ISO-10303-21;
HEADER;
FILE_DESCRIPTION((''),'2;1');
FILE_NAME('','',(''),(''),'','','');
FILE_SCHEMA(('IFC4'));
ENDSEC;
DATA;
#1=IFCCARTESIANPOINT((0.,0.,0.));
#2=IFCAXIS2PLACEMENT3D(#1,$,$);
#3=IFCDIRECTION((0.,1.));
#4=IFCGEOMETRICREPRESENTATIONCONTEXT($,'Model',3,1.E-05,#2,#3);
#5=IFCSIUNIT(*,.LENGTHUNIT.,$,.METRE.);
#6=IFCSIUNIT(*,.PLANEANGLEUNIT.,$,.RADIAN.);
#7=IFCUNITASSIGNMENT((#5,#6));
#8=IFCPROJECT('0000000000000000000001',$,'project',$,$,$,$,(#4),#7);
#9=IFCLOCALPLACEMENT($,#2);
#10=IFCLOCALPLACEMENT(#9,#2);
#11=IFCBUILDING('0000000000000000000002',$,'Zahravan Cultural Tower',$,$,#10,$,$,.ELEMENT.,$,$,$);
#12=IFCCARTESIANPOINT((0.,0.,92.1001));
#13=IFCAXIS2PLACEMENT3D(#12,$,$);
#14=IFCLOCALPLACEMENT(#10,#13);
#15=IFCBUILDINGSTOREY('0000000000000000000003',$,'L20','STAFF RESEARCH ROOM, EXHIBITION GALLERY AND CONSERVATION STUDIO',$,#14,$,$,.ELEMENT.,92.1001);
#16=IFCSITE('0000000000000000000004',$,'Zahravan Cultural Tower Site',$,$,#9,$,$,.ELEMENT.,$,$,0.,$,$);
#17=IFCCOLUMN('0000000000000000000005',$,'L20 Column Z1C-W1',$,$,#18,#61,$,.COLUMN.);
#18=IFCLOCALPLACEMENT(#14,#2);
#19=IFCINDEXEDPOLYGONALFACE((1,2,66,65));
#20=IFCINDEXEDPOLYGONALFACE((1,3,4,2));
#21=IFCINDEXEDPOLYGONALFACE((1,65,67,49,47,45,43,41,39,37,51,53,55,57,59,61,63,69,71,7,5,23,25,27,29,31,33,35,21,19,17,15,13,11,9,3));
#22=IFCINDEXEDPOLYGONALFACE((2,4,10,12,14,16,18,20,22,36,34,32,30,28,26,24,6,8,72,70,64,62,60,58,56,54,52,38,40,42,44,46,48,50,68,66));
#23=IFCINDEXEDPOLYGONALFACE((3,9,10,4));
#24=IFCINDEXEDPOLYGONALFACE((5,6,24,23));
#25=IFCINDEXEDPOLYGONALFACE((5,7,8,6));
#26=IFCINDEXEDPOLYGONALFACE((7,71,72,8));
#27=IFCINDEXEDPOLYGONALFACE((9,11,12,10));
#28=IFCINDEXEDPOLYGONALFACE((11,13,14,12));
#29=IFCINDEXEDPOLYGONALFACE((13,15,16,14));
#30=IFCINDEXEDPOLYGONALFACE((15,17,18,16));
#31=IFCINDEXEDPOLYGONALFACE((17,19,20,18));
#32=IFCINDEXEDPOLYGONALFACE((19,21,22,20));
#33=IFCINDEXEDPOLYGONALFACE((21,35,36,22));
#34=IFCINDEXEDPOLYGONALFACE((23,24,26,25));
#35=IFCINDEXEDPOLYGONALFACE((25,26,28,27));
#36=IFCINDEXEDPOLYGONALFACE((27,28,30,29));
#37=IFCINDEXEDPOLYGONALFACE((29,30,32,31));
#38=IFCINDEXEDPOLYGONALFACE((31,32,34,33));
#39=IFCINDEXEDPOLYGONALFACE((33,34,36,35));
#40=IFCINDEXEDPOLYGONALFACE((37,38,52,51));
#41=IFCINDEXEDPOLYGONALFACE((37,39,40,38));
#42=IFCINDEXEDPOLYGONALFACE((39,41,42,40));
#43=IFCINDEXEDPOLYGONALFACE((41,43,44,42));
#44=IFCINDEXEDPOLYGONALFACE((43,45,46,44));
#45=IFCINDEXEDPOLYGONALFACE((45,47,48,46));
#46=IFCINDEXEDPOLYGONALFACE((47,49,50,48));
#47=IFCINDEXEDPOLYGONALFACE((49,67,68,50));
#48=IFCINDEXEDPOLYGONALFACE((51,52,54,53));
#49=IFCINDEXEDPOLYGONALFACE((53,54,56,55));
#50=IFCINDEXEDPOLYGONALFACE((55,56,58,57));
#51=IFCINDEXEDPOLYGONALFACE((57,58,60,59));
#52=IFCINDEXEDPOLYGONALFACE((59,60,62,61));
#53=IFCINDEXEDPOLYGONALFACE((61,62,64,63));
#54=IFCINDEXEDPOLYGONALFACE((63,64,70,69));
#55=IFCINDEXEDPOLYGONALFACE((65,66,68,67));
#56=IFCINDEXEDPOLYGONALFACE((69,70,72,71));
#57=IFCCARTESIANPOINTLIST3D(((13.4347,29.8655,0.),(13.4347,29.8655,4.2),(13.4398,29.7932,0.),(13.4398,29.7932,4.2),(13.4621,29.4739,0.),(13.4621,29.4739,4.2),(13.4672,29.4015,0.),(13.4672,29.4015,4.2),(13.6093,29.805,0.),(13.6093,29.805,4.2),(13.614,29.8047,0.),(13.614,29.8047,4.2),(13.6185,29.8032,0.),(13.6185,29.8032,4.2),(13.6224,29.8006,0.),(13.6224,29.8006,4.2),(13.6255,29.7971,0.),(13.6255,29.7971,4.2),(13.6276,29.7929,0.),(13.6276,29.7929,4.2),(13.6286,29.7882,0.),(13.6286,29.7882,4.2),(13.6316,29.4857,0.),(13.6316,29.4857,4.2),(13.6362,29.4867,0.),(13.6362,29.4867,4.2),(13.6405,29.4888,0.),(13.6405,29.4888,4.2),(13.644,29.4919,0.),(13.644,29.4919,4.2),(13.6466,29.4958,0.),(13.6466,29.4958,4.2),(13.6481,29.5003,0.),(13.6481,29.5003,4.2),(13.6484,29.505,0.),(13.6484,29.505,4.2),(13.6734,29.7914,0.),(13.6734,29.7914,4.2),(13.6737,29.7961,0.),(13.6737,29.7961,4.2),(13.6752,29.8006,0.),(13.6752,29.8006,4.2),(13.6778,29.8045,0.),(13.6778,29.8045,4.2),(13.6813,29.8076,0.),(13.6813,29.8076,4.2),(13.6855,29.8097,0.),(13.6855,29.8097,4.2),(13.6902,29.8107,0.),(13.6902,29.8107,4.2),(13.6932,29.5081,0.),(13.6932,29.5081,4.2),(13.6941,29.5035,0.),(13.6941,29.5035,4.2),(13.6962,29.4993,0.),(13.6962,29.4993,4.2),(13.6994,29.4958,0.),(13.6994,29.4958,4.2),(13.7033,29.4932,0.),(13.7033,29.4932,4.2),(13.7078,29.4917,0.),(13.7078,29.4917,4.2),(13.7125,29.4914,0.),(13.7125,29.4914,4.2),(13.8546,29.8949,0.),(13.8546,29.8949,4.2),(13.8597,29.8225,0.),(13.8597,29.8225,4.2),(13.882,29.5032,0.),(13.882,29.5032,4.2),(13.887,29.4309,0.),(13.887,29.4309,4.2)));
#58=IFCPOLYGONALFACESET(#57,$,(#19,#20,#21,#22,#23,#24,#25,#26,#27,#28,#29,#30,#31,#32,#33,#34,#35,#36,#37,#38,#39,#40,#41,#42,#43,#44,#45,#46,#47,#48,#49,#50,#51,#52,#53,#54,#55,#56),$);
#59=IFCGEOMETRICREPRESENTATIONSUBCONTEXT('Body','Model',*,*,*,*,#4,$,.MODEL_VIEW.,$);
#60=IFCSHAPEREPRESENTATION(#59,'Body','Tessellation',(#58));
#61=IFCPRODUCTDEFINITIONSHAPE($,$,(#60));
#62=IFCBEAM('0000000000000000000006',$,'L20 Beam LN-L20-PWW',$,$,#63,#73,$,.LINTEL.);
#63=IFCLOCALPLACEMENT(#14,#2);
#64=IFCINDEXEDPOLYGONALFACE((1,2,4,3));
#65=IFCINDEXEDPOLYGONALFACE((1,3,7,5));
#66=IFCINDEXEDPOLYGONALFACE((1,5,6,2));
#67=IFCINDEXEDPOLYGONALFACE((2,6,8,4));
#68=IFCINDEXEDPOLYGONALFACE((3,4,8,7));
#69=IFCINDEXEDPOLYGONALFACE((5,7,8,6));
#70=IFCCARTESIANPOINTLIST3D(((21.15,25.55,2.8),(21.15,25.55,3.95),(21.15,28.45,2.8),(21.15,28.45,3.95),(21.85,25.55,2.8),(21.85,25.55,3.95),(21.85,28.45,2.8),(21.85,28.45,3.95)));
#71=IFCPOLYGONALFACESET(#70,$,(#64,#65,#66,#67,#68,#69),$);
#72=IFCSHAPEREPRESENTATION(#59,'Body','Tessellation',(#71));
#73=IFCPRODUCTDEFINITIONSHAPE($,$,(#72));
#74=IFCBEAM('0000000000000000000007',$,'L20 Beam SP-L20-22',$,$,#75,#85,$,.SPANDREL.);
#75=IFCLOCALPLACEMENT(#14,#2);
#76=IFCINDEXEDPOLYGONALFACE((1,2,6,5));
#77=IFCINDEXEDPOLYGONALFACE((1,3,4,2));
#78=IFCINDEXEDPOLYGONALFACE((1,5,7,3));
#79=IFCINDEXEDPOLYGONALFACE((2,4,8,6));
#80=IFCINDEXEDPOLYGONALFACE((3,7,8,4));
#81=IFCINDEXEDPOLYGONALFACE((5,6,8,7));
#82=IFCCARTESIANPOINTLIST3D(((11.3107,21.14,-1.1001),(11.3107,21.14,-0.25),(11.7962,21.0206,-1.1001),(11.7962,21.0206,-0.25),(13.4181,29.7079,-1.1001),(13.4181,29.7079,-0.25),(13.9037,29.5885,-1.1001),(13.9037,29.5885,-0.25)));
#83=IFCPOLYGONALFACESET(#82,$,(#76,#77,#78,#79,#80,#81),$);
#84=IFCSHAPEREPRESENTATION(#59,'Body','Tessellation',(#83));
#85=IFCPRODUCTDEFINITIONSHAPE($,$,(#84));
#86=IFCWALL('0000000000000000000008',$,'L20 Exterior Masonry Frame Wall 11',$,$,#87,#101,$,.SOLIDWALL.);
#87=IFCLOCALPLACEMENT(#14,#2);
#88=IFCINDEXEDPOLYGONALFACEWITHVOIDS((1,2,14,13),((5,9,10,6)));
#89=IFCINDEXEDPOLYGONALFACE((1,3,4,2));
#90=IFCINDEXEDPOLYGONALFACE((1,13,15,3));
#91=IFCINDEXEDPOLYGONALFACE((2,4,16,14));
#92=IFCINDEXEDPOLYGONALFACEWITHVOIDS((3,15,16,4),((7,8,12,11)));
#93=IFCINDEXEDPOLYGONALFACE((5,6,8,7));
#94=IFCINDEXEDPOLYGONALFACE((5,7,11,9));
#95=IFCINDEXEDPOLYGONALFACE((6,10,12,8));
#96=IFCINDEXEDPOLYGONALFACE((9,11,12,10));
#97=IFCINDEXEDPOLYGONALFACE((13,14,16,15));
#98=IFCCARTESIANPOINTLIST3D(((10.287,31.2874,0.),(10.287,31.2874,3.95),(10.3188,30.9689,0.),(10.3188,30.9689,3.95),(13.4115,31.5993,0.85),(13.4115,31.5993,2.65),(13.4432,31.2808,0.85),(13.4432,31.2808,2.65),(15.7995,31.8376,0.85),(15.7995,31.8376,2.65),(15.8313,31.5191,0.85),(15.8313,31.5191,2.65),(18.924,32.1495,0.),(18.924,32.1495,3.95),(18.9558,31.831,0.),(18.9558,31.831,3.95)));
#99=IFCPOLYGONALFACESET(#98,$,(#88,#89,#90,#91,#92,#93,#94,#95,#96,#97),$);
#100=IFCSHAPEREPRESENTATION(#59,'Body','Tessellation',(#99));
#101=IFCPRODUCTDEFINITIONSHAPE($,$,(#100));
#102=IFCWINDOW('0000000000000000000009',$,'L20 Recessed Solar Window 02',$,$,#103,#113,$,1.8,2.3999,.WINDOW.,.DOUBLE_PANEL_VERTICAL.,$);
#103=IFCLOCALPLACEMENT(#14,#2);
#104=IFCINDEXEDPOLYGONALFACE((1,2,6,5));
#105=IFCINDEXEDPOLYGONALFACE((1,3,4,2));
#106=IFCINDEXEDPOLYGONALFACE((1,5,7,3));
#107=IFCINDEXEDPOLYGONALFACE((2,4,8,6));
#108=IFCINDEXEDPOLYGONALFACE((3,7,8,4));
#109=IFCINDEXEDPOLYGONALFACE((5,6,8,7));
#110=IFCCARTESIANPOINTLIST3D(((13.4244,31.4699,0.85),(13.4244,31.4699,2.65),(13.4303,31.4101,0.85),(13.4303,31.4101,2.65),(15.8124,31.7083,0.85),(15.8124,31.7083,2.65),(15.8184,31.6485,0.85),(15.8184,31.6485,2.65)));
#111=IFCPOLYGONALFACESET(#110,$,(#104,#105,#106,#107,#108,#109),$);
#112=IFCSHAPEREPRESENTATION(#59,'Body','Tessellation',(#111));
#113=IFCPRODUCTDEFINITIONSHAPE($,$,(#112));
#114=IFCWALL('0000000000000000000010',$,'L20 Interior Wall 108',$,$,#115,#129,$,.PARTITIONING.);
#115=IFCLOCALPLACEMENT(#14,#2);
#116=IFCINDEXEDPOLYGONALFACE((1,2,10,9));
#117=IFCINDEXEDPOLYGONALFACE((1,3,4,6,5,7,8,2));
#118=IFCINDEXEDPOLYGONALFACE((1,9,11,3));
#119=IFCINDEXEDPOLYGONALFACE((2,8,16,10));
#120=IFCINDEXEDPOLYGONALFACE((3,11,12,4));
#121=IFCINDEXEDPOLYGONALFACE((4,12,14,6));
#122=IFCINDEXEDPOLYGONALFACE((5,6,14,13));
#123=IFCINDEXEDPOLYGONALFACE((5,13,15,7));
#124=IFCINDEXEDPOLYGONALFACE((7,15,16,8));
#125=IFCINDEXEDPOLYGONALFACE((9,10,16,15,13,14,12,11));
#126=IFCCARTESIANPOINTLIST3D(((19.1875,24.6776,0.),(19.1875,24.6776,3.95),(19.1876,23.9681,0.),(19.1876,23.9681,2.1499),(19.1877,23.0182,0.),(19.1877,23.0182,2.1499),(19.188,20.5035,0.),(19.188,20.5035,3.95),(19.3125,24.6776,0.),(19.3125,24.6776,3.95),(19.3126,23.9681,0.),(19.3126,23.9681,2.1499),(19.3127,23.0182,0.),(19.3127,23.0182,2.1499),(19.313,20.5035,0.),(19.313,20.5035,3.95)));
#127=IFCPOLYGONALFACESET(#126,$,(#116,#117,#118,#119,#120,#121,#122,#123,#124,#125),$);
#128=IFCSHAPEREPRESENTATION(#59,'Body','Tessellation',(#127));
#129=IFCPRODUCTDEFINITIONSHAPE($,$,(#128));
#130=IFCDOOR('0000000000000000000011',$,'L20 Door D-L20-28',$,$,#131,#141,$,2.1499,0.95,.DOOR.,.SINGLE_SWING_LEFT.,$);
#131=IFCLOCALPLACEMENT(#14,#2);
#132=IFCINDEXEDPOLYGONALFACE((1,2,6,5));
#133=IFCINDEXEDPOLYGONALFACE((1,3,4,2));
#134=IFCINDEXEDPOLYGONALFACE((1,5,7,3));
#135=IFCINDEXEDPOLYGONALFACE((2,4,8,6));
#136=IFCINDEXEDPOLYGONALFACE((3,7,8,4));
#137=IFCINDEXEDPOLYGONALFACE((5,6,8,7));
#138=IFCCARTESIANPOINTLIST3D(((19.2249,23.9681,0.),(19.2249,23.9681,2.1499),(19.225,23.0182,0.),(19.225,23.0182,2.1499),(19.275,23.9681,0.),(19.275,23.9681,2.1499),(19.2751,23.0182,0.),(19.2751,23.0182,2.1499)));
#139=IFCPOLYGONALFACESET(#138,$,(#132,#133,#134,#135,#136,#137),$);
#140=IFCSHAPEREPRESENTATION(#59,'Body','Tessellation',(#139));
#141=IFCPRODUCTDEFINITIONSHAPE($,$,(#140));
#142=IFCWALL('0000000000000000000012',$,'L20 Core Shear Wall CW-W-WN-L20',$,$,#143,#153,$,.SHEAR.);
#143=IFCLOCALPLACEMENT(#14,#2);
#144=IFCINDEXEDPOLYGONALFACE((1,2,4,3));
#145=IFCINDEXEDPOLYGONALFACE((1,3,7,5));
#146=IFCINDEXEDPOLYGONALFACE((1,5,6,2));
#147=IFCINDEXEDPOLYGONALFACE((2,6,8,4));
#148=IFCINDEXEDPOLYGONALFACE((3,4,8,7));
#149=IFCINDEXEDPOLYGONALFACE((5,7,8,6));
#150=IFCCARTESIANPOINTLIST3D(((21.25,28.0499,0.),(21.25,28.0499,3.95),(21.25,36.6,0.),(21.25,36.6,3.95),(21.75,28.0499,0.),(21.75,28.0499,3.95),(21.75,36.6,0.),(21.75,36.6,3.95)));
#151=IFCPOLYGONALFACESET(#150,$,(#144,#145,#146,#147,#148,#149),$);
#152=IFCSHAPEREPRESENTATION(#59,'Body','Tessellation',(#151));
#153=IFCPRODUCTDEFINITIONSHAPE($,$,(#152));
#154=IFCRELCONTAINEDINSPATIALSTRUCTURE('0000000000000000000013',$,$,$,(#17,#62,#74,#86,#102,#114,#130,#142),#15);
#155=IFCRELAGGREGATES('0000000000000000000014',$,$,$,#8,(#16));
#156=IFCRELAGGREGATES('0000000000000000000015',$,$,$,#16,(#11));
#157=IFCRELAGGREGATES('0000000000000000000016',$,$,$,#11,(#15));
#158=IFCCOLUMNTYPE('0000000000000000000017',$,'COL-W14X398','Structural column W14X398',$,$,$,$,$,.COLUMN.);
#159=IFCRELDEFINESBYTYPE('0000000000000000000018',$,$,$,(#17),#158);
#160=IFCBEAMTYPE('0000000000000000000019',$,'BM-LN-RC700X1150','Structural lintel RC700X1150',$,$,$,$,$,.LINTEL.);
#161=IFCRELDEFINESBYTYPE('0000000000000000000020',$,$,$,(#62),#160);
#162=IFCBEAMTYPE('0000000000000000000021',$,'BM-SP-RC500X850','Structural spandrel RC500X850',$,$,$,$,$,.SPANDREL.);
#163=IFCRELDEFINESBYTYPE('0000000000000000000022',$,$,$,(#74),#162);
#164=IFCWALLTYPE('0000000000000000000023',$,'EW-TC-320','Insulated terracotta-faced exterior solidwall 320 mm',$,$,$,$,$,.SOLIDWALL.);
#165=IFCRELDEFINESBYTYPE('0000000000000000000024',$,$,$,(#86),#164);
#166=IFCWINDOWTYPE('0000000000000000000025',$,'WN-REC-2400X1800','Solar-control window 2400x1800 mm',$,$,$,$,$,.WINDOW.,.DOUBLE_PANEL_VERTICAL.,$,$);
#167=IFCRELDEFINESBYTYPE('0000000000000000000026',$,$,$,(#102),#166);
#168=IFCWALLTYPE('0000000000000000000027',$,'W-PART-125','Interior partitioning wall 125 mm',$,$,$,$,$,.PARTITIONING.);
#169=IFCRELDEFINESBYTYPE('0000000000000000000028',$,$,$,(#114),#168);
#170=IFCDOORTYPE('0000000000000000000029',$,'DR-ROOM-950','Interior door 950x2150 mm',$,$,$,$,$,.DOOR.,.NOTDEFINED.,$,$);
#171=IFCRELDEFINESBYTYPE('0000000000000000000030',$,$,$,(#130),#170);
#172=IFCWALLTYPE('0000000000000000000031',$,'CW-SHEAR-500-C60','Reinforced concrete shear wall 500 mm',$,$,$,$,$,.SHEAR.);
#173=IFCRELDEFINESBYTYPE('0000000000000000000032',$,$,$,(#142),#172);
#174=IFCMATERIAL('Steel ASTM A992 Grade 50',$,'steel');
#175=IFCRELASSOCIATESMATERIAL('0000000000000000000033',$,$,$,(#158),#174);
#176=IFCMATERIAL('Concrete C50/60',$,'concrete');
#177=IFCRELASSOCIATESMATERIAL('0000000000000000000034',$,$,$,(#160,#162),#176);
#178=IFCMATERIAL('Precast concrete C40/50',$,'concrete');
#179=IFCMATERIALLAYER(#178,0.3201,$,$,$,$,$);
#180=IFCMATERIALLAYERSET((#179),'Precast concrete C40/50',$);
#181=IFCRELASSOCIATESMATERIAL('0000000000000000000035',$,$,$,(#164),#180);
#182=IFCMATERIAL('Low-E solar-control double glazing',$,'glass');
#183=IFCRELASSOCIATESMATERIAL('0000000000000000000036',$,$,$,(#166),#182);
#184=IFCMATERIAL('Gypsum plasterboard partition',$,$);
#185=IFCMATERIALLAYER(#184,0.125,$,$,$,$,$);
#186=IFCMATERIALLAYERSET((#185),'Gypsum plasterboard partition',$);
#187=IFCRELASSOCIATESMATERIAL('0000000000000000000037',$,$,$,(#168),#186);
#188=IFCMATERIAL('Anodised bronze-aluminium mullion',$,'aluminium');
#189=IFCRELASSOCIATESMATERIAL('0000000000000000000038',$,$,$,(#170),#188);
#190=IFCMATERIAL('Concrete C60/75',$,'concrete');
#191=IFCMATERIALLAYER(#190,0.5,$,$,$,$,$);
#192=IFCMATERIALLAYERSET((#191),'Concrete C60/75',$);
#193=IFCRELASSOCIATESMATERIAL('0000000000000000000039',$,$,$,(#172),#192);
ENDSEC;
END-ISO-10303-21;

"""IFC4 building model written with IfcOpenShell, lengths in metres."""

from ifc_helpers import new_model, si_unit, direction, frame, frame_2d, origin, origin_2d, place, context, subcontext, project, spatial, rectangle, i_section, extrude, source, transform, mapped, material, layer, layer_set, material_profile, profile_set, type_object, element, fill, save


model = new_model("IFC4")

# Units and contexts
model_context = context("Model", 3, precision=1e-05, world=origin(), true_north=direction((0.0, 1.0)))
body_context = subcontext(model_context, "Body", "Model", "MODEL_VIEW")
ifc_project = project(units=[si_unit("LENGTHUNIT", "METRE"), si_unit("PLANEANGLEUNIT", "RADIAN")], contexts=[model_context])

# Site, building, storey
site_placement = place(None, origin())
site = spatial("IfcSite", under=ifc_project, at=site_placement, Name="Zahravan Cultural Tower Site", CompositionType="ELEMENT", RefElevation=0.0)
building_placement = place(site_placement, origin())
building = spatial("IfcBuilding", under=site, at=building_placement, Name="Zahravan Cultural Tower", CompositionType="ELEMENT")
storey_placement = place(building_placement, frame((0.0, 0.0, 92.1001)))
storey = spatial("IfcBuildingStorey", under=building, at=storey_placement, Name="L20", Description="STAFF RESEARCH ROOM, EXHIBITION GALLERY AND CONSERVATION STUDIO", CompositionType="ELEMENT", Elevation=92.1001)

# Column
ifc_material_1 = material(Name="Steel ASTM A992 Grade 50", Category="steel")
ifc_material_profile_1 = material_profile(ifc_material_1, i_section(OverallWidth=0.4209, OverallDepth=0.4651, WebThickness=0.0449, FlangeThickness=0.0725, FilletRadius=0.0181, at=origin_2d()), Name="W14X398")
ifc_profile_set_1 = profile_set([ifc_material_profile_1], Name="Steel ASTM A992 Grade 50")
column_type = type_object("IfcColumnType", Name="COL-W14X398", Description="Structural column W14X398", PredefinedType="COLUMN", material=ifc_profile_set_1)
shared_shape_1 = source(origin(), body_context, "Body", "SweptSolid", [
    extrude(i_section(OverallWidth=0.4209, OverallDepth=0.4651, WebThickness=0.0449, FlangeThickness=0.0725, FilletRadius=0.0181, at=origin_2d()), origin(), (0.0, 0.0, 1.0), 4.2),
])
column_placement = place(storey_placement, frame((13.6609, 29.6482, 0.0), z_axis=(0.0, 0.0, 1.0), x_axis=(0.997564, 0.069756, 0.0)))
element("IfcColumn", 1, at=column_placement, inside=storey, type_object=column_type, Name="L20 Column Z1C-W1", PredefinedType="COLUMN", context=body_context, shape_type="MappedRepresentation", body=[
    mapped(shared_shape_1, transform((0.0, 0.0, 0.0), x_axis=(1.0, 0.0, 0.0), y_axis=(0.0, 1.0, 0.0), z_axis=(0.0, 0.0, 1.0), scale=1.0)),
])

# Beams
ifc_material_2 = material(Name="Concrete C50/60", Category="concrete")
ifc_material_profile_2 = material_profile(ifc_material_2, rectangle(XDim=0.7, YDim=1.1499, at=origin_2d()), Name="RC700X1150")
ifc_profile_set_2 = profile_set([ifc_material_profile_2], Name="Concrete C50/60")
beam_type_1 = type_object("IfcBeamType", Name="BM-LN-RC700X1150", Description="Structural lintel RC700X1150", PredefinedType="LINTEL", material=ifc_profile_set_2)
shared_shape_2 = source(origin(), body_context, "Body", "SweptSolid", [
    extrude(rectangle(XDim=0.7, YDim=1.1499, at=origin_2d()), origin(), (0.0, 0.0, 1.0), 2.8999),
])
beam_1_placement = place(storey_placement, frame((21.5, 25.55, 3.375), z_axis=(0.0, 1.0, 0.0), x_axis=(-1.0, 0.0, 0.0)))
element("IfcBeam", 2, at=beam_1_placement, inside=storey, type_object=beam_type_1, Name="L20 Beam LN-L20-PWW", PredefinedType="LINTEL", context=body_context, shape_type="MappedRepresentation", body=[
    mapped(shared_shape_2, transform((0.0, 0.0, 0.0), x_axis=(1.0, 0.0, 0.0), y_axis=(0.0, 1.0, 0.0), z_axis=(0.0, 0.0, 1.0), scale=1.0)),
])
ifc_material_profile_3 = material_profile(ifc_material_2, rectangle(XDim=0.5, YDim=0.8501, at=origin_2d()), Name="RC500X850")
ifc_profile_set_3 = profile_set([ifc_material_profile_3], Name="Concrete C50/60")
beam_type_2 = type_object("IfcBeamType", Name="BM-SP-RC500X850", Description="Structural spandrel RC500X850", PredefinedType="SPANDREL", material=ifc_profile_set_3)
shared_shape_3 = source(origin(), body_context, "Body", "SweptSolid", [
    extrude(rectangle(XDim=0.5, YDim=0.8501, at=origin_2d()), origin(), (0.0, 0.0, 1.0), 8.8232),
])
beam_2_placement = place(storey_placement, frame((13.6609, 29.6482, -0.675), z_axis=(-0.238849, -0.971057, 0.0), x_axis=(0.971057, -0.238849, 0.0)))
element("IfcBeam", 3, at=beam_2_placement, inside=storey, type_object=beam_type_2, Name="L20 Beam SP-L20-22", PredefinedType="SPANDREL", context=body_context, shape_type="MappedRepresentation", body=[
    mapped(shared_shape_3, transform((0.0, 0.0, 0.0), x_axis=(1.0, 0.0, 0.0), y_axis=(0.0, 1.0, 0.0), z_axis=(0.0, 0.0, 1.0), scale=1.0)),
])

# Wall, opening, window
ifc_material_3 = material(Name="Precast concrete C40/50", Category="concrete")
ifc_layer_1 = layer(ifc_material_3, 0.3201)
ifc_layer_set_1 = layer_set([ifc_layer_1], Name="Precast concrete C40/50")
wall_type_1 = type_object("IfcWallType", Name="EW-TC-320", Description="Insulated terracotta-faced exterior solidwall 320 mm", PredefinedType="SOLIDWALL", material=ifc_layer_set_1)
wall_1_placement = place(storey_placement, frame((10.303, 31.1282, 0.0), z_axis=(0.0, 0.0, 1.0), x_axis=(0.995056, 0.099317, 0.0)))
wall_1 = element("IfcWall", 4, at=wall_1_placement, inside=storey, type_object=wall_type_1, Name="L20 Exterior Masonry Frame Wall 11", PredefinedType="SOLIDWALL", context=body_context, shape_type="SweptSolid", body=[
    extrude(rectangle(XDim=8.6799, YDim=0.3201, at=frame_2d((4.3398, 0.0))), origin(), (0.0, 0.0, 1.0), 3.95),
])
opening_1_placement = place(wall_1_placement, frame((3.1399, 0.0, 0.8501)))
opening_1 = element("IfcOpeningElement", 5, at=opening_1_placement, cuts=wall_1, PredefinedType="OPENING", context=body_context, shape_type="SweptSolid", body=[
    extrude(rectangle(XDim=2.3999, YDim=1.8, at=frame_2d((1.2, 0.8999))), frame((0.0, 0.1699, 0.0), z_axis=(0.0, -1.0, 0.0), x_axis=(1.0, 0.0, 0.0)), (0.0, 0.0, 1.0), 0.3401),
])
ifc_material_4 = material(Name="Low-E solar-control double glazing", Category="glass")
window_type = type_object("IfcWindowType", Name="WN-REC-2400X1800", Description="Solar-control window 2400x1800 mm", PartitioningType="DOUBLE_PANEL_VERTICAL", PredefinedType="WINDOW", material=ifc_material_4)
shared_shape_4 = source(origin(), body_context, "Body", "SweptSolid", [
    extrude(rectangle(XDim=2.3999, YDim=1.8, at=frame_2d((1.2, 0.8999))), frame((0.0, 0.03, 0.0), z_axis=(0.0, -1.0, 0.0), x_axis=(1.0, 0.0, 0.0)), (0.0, 0.0, 1.0), 0.0601),
])
window_placement = place(opening_1_placement, origin())
window = element("IfcWindow", 6, at=window_placement, inside=storey, type_object=window_type, Name="L20 Recessed Solar Window 02", OverallHeight=1.8, OverallWidth=2.3999, PartitioningType="DOUBLE_PANEL_VERTICAL", PredefinedType="WINDOW", context=body_context, shape_type="MappedRepresentation", body=[
    mapped(shared_shape_4, transform((0.0, 0.0, 0.0), x_axis=(1.0, 0.0, 0.0), y_axis=(0.0, 1.0, 0.0), z_axis=(0.0, 0.0, 1.0), scale=1.0)),
])
fill(opening_1, window)

# Wall, opening, door
ifc_material_5 = material(Name="Gypsum plasterboard partition")
ifc_layer_2 = layer(ifc_material_5, 0.125)
ifc_layer_set_2 = layer_set([ifc_layer_2], Name="Gypsum plasterboard partition")
wall_type_2 = type_object("IfcWallType", Name="W-PART-125", Description="Interior partitioning wall 125 mm", PredefinedType="PARTITIONING", material=ifc_layer_set_2)
wall_2_placement = place(storey_placement, frame((19.25, 24.6775, 0.0), z_axis=(0.0, 0.0, 1.0), x_axis=(0.000117, -1.0, 0.0)))
wall_2 = element("IfcWall", 7, at=wall_2_placement, inside=storey, type_object=wall_type_2, Name="L20 Interior Wall 108", PredefinedType="PARTITIONING", context=body_context, shape_type="SweptSolid", body=[
    extrude(rectangle(XDim=4.1741, YDim=0.125, at=frame_2d((2.0869, 0.0))), origin(), (0.0, 0.0, 1.0), 3.95),
])
opening_2_placement = place(wall_2_placement, frame((0.7092, 0.0, 0.0)))
opening_2 = element("IfcOpeningElement", 8, at=opening_2_placement, cuts=wall_2, PredefinedType="OPENING", context=body_context, shape_type="SweptSolid", body=[
    extrude(rectangle(XDim=0.95, YDim=2.1499, at=frame_2d((0.4751, 1.075))), frame((0.0, 0.0725, 0.0), z_axis=(0.0, -1.0, 0.0), x_axis=(1.0, 0.0, 0.0)), (0.0, 0.0, 1.0), 0.145),
])
ifc_material_6 = material(Name="Anodised bronze-aluminium mullion", Category="aluminium")
door_type = type_object("IfcDoorType", Name="DR-ROOM-950", Description="Interior door 950x2150 mm", OperationType="NOTDEFINED", PredefinedType="DOOR", material=ifc_material_6)
shared_shape_5 = source(origin(), body_context, "Body", "SweptSolid", [
    extrude(rectangle(XDim=0.95, YDim=2.1499, at=frame_2d((0.4751, 1.075))), frame((0.0, 0.0249, 0.0), z_axis=(0.0, -1.0, 0.0), x_axis=(1.0, 0.0, 0.0)), (0.0, 0.0, 1.0), 0.05),
])
door_placement = place(opening_2_placement, origin())
door = element("IfcDoor", 9, at=door_placement, inside=storey, type_object=door_type, Name="L20 Door D-L20-28", OperationType="SINGLE_SWING_LEFT", OverallHeight=2.1499, OverallWidth=0.95, PredefinedType="DOOR", context=body_context, shape_type="MappedRepresentation", body=[
    mapped(shared_shape_5, transform((0.0, 0.0, 0.0), x_axis=(1.0, 0.0, 0.0), y_axis=(0.0, 1.0, 0.0), z_axis=(0.0, 0.0, 1.0), scale=1.0)),
])
fill(opening_2, door)

# Wall
ifc_material_7 = material(Name="Concrete C60/75", Category="concrete")
ifc_layer_3 = layer(ifc_material_7, 0.5)
ifc_layer_set_3 = layer_set([ifc_layer_3], Name="Concrete C60/75")
wall_type_3 = type_object("IfcWallType", Name="CW-SHEAR-500-C60", Description="Reinforced concrete shear wall 500 mm", PredefinedType="SHEAR", material=ifc_layer_set_3)
shared_shape_6 = source(origin(), body_context, "Body", "SweptSolid", [
    extrude(rectangle(XDim=8.55, YDim=0.5, at=frame_2d((4.2749, 0.0))), origin(), (0.0, 0.0, 1.0), 3.95),
])
wall_3_placement = place(storey_placement, frame((21.5, 28.05, 0.0), z_axis=(0.0, 0.0, 1.0), x_axis=(0.0, 1.0, 0.0)))
element("IfcWall", 10, at=wall_3_placement, inside=storey, type_object=wall_type_3, Name="L20 Core Shear Wall CW-W-WN-L20", PredefinedType="SHEAR", context=body_context, shape_type="MappedRepresentation", body=[
    mapped(shared_shape_6, transform((0.0, 0.0, 0.0), x_axis=(1.0, 0.0, 0.0), y_axis=(0.0, 1.0, 0.0), z_axis=(0.0, 0.0, 1.0), scale=1.0)),
])

save(model, "model.ifc")
